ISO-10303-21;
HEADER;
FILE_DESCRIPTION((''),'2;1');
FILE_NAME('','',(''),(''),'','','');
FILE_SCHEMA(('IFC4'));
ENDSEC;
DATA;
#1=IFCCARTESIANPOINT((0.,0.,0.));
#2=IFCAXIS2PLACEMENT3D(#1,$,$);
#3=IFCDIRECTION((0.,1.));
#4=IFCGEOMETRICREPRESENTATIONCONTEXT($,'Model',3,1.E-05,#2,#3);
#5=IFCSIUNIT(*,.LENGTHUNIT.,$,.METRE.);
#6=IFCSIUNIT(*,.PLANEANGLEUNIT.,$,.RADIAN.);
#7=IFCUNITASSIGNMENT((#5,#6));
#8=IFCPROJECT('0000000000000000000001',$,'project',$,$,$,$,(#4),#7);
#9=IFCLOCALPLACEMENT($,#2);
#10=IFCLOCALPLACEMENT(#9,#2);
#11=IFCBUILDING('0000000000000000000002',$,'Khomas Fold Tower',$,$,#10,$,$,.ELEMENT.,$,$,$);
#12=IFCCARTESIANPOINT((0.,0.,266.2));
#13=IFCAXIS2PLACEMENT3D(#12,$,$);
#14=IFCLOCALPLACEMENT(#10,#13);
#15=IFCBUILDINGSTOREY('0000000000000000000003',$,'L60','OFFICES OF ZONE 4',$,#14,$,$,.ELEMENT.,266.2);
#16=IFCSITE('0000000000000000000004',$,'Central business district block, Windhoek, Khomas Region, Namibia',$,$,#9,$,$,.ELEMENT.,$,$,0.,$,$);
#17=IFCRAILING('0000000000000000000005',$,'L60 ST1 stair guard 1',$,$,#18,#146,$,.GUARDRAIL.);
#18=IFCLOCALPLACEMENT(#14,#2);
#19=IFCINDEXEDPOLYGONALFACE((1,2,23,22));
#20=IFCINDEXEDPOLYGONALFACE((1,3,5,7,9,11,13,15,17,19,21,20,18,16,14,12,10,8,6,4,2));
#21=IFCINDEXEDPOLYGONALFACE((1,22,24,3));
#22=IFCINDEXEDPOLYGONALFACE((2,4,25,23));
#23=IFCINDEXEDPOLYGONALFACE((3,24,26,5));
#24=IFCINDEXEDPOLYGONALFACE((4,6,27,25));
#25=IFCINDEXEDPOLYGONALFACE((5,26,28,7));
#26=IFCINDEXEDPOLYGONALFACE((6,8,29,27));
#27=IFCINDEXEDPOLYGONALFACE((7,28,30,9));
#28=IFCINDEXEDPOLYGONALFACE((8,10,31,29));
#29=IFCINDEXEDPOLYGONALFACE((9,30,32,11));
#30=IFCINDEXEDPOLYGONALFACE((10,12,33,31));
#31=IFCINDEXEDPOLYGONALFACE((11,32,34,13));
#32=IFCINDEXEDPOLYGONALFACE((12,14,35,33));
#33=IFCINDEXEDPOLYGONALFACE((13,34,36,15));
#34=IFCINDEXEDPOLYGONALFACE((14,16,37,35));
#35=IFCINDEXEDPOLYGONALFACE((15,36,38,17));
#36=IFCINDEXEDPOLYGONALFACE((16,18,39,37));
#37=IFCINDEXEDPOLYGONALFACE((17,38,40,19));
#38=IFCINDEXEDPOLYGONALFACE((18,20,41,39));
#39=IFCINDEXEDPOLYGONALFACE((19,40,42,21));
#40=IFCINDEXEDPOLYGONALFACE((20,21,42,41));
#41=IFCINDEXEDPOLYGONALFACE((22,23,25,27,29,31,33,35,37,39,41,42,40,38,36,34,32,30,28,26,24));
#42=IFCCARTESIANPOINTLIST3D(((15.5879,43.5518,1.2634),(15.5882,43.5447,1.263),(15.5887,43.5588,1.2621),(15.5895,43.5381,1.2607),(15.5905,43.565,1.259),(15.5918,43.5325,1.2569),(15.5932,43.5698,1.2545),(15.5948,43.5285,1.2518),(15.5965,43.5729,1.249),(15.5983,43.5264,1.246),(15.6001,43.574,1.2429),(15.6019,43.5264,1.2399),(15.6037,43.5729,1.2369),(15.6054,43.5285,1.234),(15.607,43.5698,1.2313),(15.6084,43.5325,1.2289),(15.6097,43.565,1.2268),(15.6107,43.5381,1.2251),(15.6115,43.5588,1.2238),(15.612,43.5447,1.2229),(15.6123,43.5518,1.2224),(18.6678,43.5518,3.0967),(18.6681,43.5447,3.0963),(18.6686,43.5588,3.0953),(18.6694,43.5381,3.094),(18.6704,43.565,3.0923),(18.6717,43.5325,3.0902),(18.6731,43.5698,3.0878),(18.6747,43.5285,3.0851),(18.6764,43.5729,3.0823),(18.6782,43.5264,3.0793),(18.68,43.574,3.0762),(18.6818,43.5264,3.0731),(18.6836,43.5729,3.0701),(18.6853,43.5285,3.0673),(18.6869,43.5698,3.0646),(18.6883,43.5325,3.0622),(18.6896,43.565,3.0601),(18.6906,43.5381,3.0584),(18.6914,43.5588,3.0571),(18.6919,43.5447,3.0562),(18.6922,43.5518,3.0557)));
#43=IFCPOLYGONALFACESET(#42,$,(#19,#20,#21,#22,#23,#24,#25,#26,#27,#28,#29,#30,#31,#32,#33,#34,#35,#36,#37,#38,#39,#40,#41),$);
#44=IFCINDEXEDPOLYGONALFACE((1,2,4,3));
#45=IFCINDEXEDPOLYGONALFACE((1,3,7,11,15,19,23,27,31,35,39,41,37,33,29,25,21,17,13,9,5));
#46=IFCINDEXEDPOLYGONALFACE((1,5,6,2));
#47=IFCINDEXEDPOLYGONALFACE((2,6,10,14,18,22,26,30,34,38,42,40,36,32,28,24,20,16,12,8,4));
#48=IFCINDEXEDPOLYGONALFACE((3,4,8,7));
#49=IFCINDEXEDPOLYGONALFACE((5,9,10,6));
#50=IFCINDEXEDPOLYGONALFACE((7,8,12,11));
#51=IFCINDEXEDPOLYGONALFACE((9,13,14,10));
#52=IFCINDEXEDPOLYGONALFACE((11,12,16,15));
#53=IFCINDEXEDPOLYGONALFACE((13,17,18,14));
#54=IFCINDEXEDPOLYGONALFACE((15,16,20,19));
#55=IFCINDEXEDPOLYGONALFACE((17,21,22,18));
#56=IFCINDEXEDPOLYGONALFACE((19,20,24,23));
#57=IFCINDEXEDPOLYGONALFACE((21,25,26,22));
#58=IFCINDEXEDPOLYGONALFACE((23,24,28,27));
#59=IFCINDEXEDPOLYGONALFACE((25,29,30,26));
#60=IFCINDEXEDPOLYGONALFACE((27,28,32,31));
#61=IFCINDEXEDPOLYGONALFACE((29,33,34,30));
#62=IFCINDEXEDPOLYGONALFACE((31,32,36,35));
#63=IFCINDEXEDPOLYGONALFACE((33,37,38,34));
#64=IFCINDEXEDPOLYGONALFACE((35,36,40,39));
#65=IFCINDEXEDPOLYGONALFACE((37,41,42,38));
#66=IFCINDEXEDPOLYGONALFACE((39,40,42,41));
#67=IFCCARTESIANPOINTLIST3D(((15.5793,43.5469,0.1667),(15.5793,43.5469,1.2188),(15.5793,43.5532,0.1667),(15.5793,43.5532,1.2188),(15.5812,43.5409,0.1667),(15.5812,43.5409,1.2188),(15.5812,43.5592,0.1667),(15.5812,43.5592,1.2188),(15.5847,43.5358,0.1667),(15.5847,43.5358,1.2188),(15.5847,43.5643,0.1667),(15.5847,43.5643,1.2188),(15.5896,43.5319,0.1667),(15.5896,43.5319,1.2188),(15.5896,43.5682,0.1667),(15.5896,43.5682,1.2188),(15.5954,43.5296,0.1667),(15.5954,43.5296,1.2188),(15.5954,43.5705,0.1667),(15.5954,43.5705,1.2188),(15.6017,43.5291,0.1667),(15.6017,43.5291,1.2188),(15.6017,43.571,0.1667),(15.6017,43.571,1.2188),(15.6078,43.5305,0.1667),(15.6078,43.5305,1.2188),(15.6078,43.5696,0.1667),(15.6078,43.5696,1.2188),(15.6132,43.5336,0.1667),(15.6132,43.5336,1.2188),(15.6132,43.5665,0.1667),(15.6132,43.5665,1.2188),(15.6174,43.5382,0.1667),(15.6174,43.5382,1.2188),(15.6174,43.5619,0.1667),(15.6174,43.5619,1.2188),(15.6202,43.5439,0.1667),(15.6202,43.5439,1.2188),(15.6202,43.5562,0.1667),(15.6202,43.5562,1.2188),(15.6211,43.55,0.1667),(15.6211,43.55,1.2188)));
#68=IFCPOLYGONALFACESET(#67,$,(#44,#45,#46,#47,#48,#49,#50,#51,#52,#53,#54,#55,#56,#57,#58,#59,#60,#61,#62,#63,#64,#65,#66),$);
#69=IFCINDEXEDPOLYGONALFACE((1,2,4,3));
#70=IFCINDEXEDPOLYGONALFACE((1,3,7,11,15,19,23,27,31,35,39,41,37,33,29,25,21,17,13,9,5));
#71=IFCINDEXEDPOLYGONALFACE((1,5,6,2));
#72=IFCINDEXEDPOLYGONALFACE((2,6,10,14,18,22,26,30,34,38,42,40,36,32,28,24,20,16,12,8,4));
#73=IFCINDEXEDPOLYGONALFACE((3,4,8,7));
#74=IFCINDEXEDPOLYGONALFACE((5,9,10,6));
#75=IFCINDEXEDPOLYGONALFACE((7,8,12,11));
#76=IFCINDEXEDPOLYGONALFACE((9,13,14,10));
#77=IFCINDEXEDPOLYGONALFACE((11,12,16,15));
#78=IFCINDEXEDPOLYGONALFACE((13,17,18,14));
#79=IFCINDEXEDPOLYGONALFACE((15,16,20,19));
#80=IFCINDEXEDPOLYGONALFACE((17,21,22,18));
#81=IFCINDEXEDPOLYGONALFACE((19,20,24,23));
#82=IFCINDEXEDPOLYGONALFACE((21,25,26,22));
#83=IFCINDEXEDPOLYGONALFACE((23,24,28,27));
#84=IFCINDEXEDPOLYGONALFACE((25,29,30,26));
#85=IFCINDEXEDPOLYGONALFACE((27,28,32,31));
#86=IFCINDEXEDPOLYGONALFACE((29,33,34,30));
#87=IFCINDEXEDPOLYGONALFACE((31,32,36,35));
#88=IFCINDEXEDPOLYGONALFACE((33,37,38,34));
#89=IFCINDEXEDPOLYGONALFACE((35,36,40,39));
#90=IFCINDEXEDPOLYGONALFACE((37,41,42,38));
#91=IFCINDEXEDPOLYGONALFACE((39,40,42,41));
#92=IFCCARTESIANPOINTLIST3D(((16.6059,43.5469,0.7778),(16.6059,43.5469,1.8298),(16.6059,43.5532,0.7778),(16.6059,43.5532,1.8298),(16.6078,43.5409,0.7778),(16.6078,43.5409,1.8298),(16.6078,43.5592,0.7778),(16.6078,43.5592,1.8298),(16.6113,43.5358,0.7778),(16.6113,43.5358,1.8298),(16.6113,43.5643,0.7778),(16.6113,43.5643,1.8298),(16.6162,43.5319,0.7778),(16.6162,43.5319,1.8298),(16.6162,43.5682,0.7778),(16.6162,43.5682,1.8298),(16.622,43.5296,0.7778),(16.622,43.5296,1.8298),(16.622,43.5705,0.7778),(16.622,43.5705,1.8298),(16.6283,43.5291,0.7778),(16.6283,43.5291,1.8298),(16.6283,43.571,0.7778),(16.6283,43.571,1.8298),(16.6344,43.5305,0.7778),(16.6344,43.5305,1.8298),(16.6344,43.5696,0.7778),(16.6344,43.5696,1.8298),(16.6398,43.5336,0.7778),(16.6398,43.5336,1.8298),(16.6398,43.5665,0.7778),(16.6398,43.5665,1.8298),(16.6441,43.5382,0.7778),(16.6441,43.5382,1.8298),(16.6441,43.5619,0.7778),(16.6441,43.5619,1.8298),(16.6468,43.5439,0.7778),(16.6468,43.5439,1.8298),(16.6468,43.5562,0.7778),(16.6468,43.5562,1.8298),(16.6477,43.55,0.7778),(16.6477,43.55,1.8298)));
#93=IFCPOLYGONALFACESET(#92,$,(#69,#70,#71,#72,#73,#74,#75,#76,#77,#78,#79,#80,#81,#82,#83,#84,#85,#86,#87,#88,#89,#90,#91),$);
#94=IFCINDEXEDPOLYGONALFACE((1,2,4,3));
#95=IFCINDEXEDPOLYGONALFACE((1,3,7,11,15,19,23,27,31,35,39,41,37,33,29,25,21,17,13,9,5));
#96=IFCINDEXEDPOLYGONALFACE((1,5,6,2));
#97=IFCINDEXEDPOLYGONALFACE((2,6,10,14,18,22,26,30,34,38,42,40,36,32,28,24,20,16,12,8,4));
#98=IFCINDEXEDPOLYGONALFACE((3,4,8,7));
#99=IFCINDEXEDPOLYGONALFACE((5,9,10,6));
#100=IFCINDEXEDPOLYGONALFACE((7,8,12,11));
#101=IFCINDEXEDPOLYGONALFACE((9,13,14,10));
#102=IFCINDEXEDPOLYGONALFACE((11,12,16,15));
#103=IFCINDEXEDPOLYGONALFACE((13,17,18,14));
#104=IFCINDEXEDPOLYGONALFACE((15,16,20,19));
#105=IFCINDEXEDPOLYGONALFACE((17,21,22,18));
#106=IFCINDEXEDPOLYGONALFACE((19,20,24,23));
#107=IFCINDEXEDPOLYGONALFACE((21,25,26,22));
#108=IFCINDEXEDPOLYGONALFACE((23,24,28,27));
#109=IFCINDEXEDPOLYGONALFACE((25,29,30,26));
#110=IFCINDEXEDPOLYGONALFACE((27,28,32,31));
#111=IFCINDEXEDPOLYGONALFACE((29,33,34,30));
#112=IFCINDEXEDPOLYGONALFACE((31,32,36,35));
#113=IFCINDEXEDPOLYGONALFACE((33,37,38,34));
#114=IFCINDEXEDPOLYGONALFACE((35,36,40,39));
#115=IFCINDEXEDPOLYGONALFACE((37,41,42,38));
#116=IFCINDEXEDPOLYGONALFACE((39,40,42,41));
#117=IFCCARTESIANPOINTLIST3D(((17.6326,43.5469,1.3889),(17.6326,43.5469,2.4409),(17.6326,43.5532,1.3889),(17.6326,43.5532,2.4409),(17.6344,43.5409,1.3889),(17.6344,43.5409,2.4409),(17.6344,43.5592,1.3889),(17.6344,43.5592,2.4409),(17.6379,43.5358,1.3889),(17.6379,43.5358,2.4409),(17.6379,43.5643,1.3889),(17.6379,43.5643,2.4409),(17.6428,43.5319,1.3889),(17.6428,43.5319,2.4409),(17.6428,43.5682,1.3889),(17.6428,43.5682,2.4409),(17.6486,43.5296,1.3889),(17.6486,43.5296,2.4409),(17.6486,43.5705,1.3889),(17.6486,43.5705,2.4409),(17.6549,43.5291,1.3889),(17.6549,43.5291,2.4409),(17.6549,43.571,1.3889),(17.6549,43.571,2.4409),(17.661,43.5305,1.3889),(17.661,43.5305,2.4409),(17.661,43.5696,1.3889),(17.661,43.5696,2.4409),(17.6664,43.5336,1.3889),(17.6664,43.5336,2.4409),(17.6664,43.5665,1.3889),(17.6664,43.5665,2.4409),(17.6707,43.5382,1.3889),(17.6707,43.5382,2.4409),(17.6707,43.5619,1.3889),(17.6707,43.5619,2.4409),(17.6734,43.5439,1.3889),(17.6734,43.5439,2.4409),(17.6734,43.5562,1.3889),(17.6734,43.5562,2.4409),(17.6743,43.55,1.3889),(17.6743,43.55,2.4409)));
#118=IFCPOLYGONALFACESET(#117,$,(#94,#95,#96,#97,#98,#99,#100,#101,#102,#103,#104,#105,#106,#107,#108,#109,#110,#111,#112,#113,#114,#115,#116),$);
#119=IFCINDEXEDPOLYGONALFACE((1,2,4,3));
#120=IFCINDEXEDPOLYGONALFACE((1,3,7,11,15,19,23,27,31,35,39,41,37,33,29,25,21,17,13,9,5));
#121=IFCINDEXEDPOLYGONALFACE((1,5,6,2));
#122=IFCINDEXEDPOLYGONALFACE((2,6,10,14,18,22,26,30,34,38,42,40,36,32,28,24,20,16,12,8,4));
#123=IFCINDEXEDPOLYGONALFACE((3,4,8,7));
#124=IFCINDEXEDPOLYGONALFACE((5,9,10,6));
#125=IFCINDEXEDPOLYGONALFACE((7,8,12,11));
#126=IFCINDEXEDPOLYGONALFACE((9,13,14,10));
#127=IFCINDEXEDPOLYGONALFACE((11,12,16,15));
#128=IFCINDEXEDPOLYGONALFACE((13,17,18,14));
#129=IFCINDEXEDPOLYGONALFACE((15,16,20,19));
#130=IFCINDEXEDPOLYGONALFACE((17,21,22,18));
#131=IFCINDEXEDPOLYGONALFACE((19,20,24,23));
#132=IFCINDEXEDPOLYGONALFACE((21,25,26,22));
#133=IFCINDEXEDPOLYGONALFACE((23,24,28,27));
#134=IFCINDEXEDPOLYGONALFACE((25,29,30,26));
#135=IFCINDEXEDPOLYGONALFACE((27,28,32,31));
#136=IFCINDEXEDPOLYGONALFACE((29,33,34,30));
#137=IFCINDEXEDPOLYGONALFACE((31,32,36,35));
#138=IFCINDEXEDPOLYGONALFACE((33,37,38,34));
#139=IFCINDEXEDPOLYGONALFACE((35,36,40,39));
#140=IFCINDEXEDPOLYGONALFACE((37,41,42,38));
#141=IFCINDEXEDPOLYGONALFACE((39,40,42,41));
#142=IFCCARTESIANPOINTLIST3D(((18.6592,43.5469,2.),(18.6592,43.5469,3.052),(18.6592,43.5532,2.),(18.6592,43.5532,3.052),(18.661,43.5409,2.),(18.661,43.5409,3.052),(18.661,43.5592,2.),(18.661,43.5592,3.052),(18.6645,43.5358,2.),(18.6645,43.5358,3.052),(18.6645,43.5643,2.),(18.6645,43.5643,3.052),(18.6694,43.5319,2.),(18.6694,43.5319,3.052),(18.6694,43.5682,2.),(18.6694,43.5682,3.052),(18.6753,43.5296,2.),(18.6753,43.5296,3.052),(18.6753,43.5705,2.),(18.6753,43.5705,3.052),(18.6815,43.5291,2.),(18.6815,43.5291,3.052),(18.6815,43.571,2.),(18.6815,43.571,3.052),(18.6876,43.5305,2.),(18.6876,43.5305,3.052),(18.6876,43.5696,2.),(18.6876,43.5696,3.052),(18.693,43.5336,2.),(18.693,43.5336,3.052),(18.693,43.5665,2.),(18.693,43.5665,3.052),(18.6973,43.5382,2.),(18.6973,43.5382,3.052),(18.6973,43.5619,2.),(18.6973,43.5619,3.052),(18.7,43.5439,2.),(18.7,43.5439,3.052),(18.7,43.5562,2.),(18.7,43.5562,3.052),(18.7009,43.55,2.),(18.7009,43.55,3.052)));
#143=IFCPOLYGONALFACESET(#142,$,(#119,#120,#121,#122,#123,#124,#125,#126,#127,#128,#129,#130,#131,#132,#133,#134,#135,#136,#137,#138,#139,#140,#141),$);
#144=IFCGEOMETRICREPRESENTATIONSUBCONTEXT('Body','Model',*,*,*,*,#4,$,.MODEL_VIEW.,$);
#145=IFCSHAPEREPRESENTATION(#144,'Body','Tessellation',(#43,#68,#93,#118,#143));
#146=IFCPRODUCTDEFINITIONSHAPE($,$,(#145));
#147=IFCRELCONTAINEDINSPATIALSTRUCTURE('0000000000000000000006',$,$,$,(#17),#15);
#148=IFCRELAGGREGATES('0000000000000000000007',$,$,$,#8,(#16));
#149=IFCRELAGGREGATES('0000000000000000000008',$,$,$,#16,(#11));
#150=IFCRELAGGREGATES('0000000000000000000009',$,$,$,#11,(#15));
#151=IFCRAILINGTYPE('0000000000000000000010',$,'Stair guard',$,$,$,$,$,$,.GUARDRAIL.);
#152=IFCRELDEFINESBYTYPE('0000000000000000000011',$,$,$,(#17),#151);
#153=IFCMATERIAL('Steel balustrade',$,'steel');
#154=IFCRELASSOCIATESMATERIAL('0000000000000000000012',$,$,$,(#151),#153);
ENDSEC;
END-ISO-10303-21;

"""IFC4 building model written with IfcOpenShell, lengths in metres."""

from ifc_helpers import new_model, si_unit, direction, frame, origin, origin_2d, place, context, subcontext, project, spatial, circle, extrude, source, transform, mapped, material, type_object, element, save


model = new_model("IFC4")

# Units and contexts
model_context = context("Model", 3, precision=1e-05, world=origin(), true_north=direction((0.0, 1.0)))
body_context = subcontext(model_context, "Body", "Model", "MODEL_VIEW")
ifc_project = project(units=[si_unit("LENGTHUNIT", "METRE"), si_unit("PLANEANGLEUNIT", "RADIAN")], contexts=[model_context])

# Site, building, storey
site_placement = place(None, origin())
site = spatial("IfcSite", under=ifc_project, at=site_placement, Name="Central business district block, Windhoek, Khomas Region, Namibia", CompositionType="ELEMENT", RefElevation=0.0)
building_placement = place(site_placement, origin())
building = spatial("IfcBuilding", under=site, at=building_placement, Name="Khomas Fold Tower", CompositionType="ELEMENT")
storey_placement = place(building_placement, frame((0.0, 0.0, 266.2)))
storey = spatial("IfcBuildingStorey", under=building, at=storey_placement, Name="L60", Description="OFFICES OF ZONE 4", CompositionType="ELEMENT", Elevation=266.2)

# Railing
ifc_material_1 = material(Name="Steel balustrade", Category="steel")
railing_type_1 = type_object("IfcRailingType", Name="Stair guard", PredefinedType="GUARDRAIL", material=ifc_material_1)
shared_shape_1 = source(origin(), body_context, "Body", "SweptSolid", [
    extrude(circle(Radius=0.0239, at=origin_2d()), frame((0.0, 0.0, 1.0762), z_axis=(0.859291, 0.0, 0.511487), x_axis=(0.0, 1.0, 0.0)), (0.0, 0.0, 1.0), 3.5842),
    extrude(circle(Radius=0.021, at=origin_2d()), origin(), (0.0, 0.0, 1.0), 1.052),
    extrude(circle(Radius=0.021, at=origin_2d()), frame((1.0266, 0.0, 0.6111)), (0.0, 0.0, 1.0), 1.052),
    extrude(circle(Radius=0.021, at=origin_2d()), frame((2.0532, 0.0, 1.2222)), (0.0, 0.0, 1.0), 1.052),
    extrude(circle(Radius=0.021, at=origin_2d()), frame((3.0798, 0.0, 1.8333)), (0.0, 0.0, 1.0), 1.052),
])
railing_1_placement = place(storey_placement, frame((15.6001, 43.55, 0.1667)))
element("IfcRailing", 1, at=railing_1_placement, inside=storey, type_object=railing_type_1, Name="L60 ST1 stair guard 1", PredefinedType="GUARDRAIL", context=body_context, shape_type="MappedRepresentation", body=[
    mapped(shared_shape_1, transform((0.0, 0.0, 0.0))),
])

save(model, "model.ifc")
